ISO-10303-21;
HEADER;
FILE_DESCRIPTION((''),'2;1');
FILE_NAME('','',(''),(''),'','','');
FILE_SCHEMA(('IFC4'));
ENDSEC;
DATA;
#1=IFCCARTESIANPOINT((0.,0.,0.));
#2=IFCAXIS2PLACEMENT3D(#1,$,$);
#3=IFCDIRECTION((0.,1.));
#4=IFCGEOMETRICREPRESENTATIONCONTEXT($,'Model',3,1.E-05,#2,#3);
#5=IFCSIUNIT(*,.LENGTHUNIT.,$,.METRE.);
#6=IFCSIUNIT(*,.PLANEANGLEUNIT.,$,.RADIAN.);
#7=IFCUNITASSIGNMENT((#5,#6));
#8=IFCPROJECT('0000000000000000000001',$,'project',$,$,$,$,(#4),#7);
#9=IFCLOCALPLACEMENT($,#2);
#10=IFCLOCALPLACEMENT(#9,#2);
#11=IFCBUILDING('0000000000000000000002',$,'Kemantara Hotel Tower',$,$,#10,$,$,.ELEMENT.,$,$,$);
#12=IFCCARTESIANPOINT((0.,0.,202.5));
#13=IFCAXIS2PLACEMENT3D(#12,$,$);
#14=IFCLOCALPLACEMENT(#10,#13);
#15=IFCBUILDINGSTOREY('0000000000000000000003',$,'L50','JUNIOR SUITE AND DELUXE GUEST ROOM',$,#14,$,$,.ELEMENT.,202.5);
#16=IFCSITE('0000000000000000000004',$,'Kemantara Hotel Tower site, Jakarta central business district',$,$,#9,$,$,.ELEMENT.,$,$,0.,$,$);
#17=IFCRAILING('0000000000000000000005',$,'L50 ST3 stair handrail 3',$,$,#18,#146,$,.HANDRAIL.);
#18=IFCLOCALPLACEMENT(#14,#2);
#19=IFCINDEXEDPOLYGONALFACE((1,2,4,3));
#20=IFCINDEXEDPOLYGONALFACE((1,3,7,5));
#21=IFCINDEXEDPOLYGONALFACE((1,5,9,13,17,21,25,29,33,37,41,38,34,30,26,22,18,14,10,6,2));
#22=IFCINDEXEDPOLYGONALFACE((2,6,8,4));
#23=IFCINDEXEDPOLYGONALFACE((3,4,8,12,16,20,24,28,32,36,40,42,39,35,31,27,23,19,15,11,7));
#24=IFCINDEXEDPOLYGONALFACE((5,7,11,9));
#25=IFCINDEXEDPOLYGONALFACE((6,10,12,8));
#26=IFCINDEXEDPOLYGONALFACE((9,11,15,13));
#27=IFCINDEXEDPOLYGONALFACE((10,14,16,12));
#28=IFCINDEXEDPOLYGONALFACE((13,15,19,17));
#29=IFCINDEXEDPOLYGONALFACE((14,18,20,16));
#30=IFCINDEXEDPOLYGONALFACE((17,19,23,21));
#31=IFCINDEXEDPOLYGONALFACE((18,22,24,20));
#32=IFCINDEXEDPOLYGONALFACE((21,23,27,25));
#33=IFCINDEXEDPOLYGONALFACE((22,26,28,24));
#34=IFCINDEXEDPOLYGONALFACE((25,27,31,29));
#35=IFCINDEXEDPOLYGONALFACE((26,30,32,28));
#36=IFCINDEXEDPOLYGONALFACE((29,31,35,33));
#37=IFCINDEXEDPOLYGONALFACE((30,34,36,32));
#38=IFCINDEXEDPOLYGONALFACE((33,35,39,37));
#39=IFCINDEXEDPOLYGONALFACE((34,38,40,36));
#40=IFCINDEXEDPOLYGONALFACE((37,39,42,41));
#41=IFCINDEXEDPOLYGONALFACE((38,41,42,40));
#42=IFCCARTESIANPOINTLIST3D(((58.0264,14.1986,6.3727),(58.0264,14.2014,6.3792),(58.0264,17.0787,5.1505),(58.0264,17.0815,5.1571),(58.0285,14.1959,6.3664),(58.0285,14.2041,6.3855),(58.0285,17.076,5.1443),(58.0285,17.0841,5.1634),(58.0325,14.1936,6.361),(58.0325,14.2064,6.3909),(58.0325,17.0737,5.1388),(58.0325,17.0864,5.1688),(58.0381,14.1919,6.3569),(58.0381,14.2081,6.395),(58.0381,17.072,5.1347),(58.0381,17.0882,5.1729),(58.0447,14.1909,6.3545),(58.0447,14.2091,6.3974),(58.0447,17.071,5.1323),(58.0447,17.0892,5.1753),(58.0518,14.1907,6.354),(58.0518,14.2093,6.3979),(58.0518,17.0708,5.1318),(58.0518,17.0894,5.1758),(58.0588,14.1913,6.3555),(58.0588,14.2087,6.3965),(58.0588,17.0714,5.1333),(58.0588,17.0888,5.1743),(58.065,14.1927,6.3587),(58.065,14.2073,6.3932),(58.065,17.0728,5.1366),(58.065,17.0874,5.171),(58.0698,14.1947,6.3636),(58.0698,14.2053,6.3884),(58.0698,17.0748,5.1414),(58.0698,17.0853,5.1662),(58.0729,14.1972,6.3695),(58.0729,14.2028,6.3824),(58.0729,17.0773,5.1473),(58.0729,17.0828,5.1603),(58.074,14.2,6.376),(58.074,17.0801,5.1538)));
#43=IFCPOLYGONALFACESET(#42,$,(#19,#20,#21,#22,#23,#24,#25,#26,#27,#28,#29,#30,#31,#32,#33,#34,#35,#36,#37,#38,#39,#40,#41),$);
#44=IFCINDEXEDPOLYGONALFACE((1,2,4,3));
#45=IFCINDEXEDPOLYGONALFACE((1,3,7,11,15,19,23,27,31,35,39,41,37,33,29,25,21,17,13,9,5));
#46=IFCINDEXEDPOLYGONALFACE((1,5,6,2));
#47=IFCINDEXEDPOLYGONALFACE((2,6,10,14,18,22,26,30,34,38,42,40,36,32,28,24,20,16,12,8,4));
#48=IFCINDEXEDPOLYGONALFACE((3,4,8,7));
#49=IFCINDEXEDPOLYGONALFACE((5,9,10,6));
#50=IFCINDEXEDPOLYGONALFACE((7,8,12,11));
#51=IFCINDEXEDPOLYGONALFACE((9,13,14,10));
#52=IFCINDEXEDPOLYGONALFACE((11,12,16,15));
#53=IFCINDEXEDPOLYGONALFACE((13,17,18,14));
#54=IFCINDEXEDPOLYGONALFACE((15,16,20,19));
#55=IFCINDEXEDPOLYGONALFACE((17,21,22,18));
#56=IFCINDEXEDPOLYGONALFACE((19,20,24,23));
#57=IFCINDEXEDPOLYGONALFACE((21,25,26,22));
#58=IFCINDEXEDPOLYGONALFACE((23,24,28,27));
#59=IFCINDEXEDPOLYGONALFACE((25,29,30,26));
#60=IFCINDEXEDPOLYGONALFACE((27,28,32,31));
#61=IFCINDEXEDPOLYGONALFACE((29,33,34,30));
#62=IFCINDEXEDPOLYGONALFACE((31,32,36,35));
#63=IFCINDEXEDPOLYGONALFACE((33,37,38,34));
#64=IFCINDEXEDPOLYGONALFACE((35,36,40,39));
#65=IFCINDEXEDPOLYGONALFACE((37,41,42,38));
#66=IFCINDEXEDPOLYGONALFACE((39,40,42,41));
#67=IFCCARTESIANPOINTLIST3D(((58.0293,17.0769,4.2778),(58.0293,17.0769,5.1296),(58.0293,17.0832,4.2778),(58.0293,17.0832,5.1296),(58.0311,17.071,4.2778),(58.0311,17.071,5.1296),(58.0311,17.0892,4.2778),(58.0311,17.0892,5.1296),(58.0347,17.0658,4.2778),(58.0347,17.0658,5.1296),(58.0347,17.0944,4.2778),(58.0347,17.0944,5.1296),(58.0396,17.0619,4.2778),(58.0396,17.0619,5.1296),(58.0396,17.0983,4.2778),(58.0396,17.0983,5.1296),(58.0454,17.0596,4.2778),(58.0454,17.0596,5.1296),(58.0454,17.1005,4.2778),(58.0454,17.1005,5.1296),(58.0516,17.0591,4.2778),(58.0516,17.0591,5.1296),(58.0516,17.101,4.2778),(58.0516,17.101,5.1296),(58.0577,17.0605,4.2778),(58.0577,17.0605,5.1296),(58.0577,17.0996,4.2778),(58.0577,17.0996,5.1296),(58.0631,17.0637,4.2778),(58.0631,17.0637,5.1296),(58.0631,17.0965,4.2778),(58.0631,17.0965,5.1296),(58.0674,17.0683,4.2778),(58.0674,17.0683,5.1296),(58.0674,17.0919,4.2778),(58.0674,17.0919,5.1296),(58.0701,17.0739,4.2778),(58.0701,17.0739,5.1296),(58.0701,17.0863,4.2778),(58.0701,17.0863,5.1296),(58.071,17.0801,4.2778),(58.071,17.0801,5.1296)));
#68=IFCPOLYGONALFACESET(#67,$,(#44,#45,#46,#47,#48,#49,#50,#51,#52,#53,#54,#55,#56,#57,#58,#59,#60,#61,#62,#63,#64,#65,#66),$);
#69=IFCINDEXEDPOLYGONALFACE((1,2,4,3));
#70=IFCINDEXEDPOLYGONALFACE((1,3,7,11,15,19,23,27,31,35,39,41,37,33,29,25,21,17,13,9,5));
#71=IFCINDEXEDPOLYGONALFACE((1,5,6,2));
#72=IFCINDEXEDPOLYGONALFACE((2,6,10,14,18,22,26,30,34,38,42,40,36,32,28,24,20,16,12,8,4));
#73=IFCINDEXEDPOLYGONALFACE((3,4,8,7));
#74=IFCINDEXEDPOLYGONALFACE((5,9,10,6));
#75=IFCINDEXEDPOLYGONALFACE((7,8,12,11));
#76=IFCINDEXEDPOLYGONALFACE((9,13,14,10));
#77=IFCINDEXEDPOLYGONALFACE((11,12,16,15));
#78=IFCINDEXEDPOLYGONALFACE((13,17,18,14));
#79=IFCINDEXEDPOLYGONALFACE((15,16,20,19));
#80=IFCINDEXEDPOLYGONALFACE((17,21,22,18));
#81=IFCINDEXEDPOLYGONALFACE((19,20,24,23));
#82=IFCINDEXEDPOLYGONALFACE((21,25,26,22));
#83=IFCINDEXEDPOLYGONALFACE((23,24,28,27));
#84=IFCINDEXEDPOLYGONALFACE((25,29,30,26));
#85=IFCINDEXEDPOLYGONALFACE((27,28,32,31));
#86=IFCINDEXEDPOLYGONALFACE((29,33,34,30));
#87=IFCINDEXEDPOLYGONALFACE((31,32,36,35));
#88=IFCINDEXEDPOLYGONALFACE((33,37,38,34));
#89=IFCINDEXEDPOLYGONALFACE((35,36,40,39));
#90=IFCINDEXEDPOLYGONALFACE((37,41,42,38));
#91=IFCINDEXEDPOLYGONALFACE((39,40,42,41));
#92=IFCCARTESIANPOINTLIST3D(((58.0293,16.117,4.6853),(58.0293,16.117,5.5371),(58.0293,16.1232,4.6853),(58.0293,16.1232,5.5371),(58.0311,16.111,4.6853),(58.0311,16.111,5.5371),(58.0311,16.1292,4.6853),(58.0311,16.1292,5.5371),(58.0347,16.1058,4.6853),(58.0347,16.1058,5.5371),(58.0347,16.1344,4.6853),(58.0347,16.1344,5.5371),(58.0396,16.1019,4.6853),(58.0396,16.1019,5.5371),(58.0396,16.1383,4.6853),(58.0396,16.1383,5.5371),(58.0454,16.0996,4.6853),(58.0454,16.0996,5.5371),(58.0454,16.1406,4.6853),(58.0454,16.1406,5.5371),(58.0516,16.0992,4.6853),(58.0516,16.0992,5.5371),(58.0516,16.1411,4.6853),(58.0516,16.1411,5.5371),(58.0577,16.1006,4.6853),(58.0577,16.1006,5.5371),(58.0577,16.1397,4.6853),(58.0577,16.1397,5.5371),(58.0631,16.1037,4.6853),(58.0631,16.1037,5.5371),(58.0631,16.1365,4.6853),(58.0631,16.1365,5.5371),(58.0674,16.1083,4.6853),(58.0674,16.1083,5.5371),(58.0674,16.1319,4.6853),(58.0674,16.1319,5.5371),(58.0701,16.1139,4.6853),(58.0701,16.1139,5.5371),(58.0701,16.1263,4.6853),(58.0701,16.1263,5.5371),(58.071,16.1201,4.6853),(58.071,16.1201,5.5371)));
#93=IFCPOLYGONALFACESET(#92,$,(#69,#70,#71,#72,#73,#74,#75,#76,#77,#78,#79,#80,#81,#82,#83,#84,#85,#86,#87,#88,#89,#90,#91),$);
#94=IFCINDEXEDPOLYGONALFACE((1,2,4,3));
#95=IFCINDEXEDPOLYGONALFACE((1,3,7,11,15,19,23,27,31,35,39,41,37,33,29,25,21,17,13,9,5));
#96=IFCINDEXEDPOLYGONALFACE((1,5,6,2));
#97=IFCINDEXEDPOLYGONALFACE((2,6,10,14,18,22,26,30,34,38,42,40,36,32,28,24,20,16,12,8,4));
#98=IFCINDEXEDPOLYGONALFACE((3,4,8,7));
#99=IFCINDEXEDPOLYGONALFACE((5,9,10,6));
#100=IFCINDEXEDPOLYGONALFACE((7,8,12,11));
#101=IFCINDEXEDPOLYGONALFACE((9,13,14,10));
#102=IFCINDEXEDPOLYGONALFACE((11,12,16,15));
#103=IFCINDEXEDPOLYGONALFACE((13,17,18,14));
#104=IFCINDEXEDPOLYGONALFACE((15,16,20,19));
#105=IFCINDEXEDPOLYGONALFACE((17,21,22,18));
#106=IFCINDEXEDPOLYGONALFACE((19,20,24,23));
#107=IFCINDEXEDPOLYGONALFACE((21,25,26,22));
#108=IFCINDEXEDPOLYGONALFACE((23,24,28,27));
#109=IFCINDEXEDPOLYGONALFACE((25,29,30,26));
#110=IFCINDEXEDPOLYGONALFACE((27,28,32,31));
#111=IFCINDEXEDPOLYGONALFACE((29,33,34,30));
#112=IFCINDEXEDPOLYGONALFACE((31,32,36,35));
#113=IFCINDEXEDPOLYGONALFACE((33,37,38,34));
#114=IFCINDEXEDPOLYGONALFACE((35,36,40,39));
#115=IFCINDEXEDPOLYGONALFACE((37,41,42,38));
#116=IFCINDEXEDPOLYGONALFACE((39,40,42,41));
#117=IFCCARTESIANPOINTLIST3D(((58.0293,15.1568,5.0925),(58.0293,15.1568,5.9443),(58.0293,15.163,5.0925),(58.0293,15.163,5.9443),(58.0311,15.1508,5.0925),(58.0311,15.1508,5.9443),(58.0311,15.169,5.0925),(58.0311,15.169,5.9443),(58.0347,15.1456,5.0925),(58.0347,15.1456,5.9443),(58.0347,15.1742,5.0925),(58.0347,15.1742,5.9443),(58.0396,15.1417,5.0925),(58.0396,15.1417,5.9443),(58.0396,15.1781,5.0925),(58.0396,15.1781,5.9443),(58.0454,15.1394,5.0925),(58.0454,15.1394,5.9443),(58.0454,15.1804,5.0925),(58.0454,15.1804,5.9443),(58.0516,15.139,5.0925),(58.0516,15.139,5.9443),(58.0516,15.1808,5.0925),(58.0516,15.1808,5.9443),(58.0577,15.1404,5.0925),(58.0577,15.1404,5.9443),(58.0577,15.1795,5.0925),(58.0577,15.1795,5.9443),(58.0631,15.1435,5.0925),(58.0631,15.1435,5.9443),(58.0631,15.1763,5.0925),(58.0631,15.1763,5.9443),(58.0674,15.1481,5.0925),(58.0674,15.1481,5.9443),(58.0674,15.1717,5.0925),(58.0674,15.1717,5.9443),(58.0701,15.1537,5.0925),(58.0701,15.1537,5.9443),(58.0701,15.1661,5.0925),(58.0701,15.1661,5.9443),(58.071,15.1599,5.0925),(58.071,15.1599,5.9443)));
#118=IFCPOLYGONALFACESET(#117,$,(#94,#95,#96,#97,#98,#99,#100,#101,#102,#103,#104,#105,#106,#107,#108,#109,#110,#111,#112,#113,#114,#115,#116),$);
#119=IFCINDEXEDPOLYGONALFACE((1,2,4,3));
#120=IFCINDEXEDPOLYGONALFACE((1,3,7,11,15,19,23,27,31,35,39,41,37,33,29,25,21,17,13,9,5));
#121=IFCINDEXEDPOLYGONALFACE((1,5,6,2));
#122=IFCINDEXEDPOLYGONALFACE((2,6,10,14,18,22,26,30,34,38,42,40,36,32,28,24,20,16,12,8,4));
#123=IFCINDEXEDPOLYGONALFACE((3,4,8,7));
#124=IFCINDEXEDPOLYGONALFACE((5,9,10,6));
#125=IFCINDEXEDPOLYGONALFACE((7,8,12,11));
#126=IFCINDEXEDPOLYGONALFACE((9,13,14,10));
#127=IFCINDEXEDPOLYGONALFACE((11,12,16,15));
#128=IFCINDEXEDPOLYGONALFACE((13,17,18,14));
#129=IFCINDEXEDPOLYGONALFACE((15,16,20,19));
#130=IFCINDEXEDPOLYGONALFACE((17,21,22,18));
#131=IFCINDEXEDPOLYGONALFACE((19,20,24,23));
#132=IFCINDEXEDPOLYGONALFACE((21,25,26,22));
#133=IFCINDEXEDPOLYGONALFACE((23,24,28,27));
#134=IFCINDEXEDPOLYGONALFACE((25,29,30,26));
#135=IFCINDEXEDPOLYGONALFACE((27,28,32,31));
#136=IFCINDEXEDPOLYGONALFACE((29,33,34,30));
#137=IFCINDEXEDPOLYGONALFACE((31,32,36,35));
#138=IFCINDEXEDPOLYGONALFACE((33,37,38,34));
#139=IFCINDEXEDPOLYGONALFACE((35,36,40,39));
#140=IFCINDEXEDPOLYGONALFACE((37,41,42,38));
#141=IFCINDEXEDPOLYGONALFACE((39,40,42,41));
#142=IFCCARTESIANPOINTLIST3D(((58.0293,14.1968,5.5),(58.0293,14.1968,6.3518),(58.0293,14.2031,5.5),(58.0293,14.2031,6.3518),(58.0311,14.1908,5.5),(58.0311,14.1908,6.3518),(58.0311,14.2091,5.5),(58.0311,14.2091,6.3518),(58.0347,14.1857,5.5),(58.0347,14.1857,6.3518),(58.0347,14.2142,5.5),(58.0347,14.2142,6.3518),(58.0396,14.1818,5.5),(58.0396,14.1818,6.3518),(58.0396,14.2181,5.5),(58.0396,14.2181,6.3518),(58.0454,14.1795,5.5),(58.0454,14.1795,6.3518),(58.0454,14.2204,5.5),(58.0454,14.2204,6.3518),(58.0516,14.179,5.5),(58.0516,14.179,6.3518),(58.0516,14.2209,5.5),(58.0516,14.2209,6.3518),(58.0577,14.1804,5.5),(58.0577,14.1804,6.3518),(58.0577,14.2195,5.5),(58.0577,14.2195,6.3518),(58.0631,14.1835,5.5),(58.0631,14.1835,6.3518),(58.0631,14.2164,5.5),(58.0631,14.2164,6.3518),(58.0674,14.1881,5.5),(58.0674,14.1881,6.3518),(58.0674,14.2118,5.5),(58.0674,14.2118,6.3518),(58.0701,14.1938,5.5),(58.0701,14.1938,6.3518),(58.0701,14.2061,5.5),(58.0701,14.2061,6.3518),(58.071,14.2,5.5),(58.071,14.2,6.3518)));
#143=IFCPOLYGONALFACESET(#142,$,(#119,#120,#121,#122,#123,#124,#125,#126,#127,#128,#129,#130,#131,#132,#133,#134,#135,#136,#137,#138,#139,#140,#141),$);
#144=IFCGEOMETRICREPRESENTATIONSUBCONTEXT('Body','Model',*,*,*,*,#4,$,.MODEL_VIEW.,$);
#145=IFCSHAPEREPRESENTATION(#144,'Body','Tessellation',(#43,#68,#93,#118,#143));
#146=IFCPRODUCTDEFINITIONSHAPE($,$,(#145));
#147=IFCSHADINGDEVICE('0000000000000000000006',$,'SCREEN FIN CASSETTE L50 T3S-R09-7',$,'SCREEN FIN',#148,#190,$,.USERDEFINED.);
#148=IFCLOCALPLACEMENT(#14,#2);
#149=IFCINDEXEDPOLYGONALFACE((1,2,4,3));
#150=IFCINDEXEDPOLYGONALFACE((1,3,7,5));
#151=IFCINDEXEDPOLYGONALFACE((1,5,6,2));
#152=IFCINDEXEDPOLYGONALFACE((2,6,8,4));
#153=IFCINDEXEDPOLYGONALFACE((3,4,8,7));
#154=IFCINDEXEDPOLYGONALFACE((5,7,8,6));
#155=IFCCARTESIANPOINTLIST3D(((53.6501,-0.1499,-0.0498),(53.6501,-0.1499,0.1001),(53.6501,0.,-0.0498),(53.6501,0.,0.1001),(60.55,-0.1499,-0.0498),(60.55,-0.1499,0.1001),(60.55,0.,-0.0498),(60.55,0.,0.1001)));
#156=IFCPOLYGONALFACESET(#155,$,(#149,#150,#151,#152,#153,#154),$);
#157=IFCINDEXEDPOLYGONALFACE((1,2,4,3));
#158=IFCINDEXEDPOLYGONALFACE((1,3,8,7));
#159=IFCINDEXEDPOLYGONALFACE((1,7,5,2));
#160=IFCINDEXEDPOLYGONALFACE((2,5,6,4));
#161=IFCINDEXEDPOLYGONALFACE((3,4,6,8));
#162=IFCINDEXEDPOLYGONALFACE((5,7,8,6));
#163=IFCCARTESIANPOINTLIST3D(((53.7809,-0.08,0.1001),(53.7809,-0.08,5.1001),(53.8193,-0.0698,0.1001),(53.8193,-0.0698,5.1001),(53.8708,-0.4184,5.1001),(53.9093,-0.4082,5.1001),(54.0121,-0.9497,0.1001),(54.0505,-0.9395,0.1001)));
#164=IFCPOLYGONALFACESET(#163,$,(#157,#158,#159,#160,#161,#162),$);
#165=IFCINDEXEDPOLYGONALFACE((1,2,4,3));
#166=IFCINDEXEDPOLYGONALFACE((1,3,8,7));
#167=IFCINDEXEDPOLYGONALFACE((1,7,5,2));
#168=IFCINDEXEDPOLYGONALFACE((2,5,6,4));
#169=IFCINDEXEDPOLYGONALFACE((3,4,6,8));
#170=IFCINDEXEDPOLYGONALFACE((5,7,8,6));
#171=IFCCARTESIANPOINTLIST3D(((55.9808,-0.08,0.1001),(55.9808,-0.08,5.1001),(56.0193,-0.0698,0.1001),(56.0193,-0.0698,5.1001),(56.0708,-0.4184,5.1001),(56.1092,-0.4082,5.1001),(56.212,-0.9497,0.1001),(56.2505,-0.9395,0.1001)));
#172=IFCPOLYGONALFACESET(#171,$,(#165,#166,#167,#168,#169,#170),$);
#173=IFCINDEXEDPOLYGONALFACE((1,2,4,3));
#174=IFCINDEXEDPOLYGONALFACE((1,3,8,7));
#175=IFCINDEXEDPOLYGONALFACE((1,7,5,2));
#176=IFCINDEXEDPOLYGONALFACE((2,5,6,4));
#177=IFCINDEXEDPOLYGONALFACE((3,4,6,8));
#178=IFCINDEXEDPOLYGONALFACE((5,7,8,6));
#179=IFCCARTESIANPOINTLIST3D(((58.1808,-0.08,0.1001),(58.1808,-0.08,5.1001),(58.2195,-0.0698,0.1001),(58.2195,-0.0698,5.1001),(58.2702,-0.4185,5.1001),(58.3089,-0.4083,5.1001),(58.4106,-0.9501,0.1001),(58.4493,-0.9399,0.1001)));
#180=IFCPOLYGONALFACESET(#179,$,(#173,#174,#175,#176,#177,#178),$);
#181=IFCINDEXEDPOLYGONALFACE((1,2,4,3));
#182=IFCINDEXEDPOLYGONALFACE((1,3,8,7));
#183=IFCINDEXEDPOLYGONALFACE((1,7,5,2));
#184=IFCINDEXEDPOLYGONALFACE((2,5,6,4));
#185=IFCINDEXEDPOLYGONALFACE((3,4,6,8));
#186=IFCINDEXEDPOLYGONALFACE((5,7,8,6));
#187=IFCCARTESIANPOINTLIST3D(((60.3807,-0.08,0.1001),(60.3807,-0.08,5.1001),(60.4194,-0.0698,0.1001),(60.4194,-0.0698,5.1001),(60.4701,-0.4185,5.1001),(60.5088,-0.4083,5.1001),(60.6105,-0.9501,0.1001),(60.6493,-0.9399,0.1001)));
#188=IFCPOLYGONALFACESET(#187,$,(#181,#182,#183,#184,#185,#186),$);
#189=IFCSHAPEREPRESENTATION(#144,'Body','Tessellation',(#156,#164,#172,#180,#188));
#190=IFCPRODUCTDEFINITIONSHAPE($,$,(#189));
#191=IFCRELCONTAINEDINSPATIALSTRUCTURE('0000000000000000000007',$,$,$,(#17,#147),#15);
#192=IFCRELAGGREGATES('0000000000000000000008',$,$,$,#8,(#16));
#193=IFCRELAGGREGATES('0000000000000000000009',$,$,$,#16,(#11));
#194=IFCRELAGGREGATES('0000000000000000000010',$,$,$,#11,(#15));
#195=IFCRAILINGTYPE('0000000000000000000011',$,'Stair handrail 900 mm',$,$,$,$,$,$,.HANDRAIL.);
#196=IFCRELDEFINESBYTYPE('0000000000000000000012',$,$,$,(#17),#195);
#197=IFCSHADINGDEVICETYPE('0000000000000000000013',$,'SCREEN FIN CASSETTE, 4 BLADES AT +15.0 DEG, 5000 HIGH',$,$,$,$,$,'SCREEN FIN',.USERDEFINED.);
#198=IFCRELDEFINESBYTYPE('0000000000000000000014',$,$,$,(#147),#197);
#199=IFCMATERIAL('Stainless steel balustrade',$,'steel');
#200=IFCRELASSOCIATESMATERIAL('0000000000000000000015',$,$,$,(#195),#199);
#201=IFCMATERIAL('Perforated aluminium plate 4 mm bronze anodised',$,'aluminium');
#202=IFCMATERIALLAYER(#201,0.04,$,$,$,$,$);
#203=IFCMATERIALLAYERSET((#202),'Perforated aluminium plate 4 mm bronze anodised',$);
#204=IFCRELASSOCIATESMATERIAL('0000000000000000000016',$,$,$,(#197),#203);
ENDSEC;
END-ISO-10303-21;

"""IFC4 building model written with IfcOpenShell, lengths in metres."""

from ifc_helpers import new_model, si_unit, direction, frame, origin, origin_2d, place, context, subcontext, project, spatial, polyline, rectangle, circle, outline, extrude, source, transform, mapped, material, layer, layer_set, type_object, element, save


model = new_model("IFC4")

# Units and contexts
model_context = context("Model", 3, precision=1e-05, world=origin(), true_north=direction((0.0, 1.0)))
body_context = subcontext(model_context, "Body", "Model", "MODEL_VIEW")
ifc_project = project(units=[si_unit("LENGTHUNIT", "METRE"), si_unit("PLANEANGLEUNIT", "RADIAN")], contexts=[model_context])

# Site, building, storey
site_placement = place(None, origin())
site = spatial("IfcSite", under=ifc_project, at=site_placement, Name="Kemantara Hotel Tower site, Jakarta central business district", CompositionType="ELEMENT", RefElevation=0.0)
building_placement = place(site_placement, origin())
building = spatial("IfcBuilding", under=site, at=building_placement, Name="Kemantara Hotel Tower", CompositionType="ELEMENT")
storey_placement = place(building_placement, frame((0.0, 0.0, 202.5)))
storey = spatial("IfcBuildingStorey", under=building, at=storey_placement, Name="L50", Description="JUNIOR SUITE AND DELUXE GUEST ROOM", CompositionType="ELEMENT", Elevation=202.5)

# Railing
ifc_material_1 = material(Name="Stainless steel balustrade", Category="steel")
railing_type_1 = type_object("IfcRailingType", Name="Stair handrail 900 mm", PredefinedType="HANDRAIL", material=ifc_material_1)
railing_1_placement = place(storey_placement, frame((58.05, 17.0801, 4.2778)))
element("IfcRailing", 1, at=railing_1_placement, inside=storey, type_object=railing_type_1, Name="L50 ST3 stair handrail 3", PredefinedType="HANDRAIL", context=body_context, shape_type="SweptSolid", body=[
    extrude(circle(Radius=0.0239, at=origin_2d()), frame((0.0, 0.0, 0.876), z_axis=(0.0, -0.920548, 0.39063), x_axis=(1.0, 0.0, 0.0)), (0.0, 0.0, 1.0), 3.1287),
    extrude(circle(Radius=0.021, at=origin_2d()), origin(), (0.0, 0.0, 1.0), 0.8518),
    extrude(circle(Radius=0.021, at=origin_2d()), frame((0.0, -0.96, 0.4075)), (0.0, 0.0, 1.0), 0.8518),
    extrude(circle(Radius=0.021, at=origin_2d()), frame((0.0, -1.9202, 0.8147)), (0.0, 0.0, 1.0), 0.8518),
    extrude(circle(Radius=0.021, at=origin_2d()), frame((0.0, -2.8801, 1.2222)), (0.0, 0.0, 1.0), 0.8518),
])

# Shading device
ifc_material_2 = material(Name="Perforated aluminium plate 4 mm bronze anodised", Category="aluminium")
ifc_layer_1 = layer(ifc_material_2, 0.04)
ifc_layer_set_1 = layer_set([ifc_layer_1], Name="Perforated aluminium plate 4 mm bronze anodised")
shading_device_type_1 = type_object("IfcShadingDeviceType", Name="SCREEN FIN CASSETTE, 4 BLADES AT +15.0 DEG, 5000 HIGH", ElementType="SCREEN FIN", PredefinedType="USERDEFINED", material=ifc_layer_set_1)
shared_shape_1 = source(origin(), body_context, "Body", "SweptSolid", [
    extrude(rectangle(XDim=6.8999, YDim=0.1499, at=origin_2d()), frame((3.3, -0.075, -0.1499), z_axis=(0.0, 0.0, 1.0), x_axis=(1.0, 0.0, 0.0)), (0.0, 0.0, 1.0), 0.1499),
    extrude(outline(polyline([(0.0, 0.0), (0.8999, 0.0), (0.3501, 5.0), (0.0, 5.0), (0.0, 0.0)])), frame((0.0193, -0.0698, 0.0), z_axis=(-0.966438, -0.256901, 0.0), x_axis=(0.256901, -0.966438, 0.0)), (0.0, 0.0, 1.0), 0.0398),
    extrude(outline(polyline([(0.0, 0.0), (0.8999, 0.0), (0.3501, 5.0), (0.0, 5.0), (0.0, 0.0)])), frame((2.2192, -0.0698, 0.0), z_axis=(-0.966438, -0.256901, 0.0), x_axis=(0.256901, -0.966438, 0.0)), (0.0, 0.0, 1.0), 0.0398),
    extrude(outline(polyline([(0.0, 0.0), (0.8999, 0.0), (0.3501, 5.0), (0.0, 5.0), (0.0, 0.0)])), frame((4.4194, -0.0698, 0.0), z_axis=(-0.966838, -0.255391, 0.0), x_axis=(0.255391, -0.966838, 0.0)), (0.0, 0.0, 1.0), 0.04),
    extrude(outline(polyline([(0.0, 0.0), (0.8999, 0.0), (0.3501, 5.0), (0.0, 5.0), (0.0, 0.0)])), frame((6.6194, -0.0698, 0.0), z_axis=(-0.966838, -0.255391, 0.0), x_axis=(0.255391, -0.966838, 0.0)), (0.0, 0.0, 1.0), 0.04),
])
shading_device_1_placement = place(storey_placement, frame((53.8, 0.0, 0.1001), z_axis=(0.0, 0.0, 1.0), x_axis=(1.0, 0.0, 0.0)))
element("IfcShadingDevice", 2, at=shading_device_1_placement, inside=storey, type_object=shading_device_type_1, Name="SCREEN FIN CASSETTE L50 T3S-R09-7", ObjectType="SCREEN FIN", PredefinedType="USERDEFINED", context=body_context, shape_type="MappedRepresentation", body=[
    mapped(shared_shape_1, transform((0.0, 0.0, 0.0))),
])

save(model, "model.ifc")
